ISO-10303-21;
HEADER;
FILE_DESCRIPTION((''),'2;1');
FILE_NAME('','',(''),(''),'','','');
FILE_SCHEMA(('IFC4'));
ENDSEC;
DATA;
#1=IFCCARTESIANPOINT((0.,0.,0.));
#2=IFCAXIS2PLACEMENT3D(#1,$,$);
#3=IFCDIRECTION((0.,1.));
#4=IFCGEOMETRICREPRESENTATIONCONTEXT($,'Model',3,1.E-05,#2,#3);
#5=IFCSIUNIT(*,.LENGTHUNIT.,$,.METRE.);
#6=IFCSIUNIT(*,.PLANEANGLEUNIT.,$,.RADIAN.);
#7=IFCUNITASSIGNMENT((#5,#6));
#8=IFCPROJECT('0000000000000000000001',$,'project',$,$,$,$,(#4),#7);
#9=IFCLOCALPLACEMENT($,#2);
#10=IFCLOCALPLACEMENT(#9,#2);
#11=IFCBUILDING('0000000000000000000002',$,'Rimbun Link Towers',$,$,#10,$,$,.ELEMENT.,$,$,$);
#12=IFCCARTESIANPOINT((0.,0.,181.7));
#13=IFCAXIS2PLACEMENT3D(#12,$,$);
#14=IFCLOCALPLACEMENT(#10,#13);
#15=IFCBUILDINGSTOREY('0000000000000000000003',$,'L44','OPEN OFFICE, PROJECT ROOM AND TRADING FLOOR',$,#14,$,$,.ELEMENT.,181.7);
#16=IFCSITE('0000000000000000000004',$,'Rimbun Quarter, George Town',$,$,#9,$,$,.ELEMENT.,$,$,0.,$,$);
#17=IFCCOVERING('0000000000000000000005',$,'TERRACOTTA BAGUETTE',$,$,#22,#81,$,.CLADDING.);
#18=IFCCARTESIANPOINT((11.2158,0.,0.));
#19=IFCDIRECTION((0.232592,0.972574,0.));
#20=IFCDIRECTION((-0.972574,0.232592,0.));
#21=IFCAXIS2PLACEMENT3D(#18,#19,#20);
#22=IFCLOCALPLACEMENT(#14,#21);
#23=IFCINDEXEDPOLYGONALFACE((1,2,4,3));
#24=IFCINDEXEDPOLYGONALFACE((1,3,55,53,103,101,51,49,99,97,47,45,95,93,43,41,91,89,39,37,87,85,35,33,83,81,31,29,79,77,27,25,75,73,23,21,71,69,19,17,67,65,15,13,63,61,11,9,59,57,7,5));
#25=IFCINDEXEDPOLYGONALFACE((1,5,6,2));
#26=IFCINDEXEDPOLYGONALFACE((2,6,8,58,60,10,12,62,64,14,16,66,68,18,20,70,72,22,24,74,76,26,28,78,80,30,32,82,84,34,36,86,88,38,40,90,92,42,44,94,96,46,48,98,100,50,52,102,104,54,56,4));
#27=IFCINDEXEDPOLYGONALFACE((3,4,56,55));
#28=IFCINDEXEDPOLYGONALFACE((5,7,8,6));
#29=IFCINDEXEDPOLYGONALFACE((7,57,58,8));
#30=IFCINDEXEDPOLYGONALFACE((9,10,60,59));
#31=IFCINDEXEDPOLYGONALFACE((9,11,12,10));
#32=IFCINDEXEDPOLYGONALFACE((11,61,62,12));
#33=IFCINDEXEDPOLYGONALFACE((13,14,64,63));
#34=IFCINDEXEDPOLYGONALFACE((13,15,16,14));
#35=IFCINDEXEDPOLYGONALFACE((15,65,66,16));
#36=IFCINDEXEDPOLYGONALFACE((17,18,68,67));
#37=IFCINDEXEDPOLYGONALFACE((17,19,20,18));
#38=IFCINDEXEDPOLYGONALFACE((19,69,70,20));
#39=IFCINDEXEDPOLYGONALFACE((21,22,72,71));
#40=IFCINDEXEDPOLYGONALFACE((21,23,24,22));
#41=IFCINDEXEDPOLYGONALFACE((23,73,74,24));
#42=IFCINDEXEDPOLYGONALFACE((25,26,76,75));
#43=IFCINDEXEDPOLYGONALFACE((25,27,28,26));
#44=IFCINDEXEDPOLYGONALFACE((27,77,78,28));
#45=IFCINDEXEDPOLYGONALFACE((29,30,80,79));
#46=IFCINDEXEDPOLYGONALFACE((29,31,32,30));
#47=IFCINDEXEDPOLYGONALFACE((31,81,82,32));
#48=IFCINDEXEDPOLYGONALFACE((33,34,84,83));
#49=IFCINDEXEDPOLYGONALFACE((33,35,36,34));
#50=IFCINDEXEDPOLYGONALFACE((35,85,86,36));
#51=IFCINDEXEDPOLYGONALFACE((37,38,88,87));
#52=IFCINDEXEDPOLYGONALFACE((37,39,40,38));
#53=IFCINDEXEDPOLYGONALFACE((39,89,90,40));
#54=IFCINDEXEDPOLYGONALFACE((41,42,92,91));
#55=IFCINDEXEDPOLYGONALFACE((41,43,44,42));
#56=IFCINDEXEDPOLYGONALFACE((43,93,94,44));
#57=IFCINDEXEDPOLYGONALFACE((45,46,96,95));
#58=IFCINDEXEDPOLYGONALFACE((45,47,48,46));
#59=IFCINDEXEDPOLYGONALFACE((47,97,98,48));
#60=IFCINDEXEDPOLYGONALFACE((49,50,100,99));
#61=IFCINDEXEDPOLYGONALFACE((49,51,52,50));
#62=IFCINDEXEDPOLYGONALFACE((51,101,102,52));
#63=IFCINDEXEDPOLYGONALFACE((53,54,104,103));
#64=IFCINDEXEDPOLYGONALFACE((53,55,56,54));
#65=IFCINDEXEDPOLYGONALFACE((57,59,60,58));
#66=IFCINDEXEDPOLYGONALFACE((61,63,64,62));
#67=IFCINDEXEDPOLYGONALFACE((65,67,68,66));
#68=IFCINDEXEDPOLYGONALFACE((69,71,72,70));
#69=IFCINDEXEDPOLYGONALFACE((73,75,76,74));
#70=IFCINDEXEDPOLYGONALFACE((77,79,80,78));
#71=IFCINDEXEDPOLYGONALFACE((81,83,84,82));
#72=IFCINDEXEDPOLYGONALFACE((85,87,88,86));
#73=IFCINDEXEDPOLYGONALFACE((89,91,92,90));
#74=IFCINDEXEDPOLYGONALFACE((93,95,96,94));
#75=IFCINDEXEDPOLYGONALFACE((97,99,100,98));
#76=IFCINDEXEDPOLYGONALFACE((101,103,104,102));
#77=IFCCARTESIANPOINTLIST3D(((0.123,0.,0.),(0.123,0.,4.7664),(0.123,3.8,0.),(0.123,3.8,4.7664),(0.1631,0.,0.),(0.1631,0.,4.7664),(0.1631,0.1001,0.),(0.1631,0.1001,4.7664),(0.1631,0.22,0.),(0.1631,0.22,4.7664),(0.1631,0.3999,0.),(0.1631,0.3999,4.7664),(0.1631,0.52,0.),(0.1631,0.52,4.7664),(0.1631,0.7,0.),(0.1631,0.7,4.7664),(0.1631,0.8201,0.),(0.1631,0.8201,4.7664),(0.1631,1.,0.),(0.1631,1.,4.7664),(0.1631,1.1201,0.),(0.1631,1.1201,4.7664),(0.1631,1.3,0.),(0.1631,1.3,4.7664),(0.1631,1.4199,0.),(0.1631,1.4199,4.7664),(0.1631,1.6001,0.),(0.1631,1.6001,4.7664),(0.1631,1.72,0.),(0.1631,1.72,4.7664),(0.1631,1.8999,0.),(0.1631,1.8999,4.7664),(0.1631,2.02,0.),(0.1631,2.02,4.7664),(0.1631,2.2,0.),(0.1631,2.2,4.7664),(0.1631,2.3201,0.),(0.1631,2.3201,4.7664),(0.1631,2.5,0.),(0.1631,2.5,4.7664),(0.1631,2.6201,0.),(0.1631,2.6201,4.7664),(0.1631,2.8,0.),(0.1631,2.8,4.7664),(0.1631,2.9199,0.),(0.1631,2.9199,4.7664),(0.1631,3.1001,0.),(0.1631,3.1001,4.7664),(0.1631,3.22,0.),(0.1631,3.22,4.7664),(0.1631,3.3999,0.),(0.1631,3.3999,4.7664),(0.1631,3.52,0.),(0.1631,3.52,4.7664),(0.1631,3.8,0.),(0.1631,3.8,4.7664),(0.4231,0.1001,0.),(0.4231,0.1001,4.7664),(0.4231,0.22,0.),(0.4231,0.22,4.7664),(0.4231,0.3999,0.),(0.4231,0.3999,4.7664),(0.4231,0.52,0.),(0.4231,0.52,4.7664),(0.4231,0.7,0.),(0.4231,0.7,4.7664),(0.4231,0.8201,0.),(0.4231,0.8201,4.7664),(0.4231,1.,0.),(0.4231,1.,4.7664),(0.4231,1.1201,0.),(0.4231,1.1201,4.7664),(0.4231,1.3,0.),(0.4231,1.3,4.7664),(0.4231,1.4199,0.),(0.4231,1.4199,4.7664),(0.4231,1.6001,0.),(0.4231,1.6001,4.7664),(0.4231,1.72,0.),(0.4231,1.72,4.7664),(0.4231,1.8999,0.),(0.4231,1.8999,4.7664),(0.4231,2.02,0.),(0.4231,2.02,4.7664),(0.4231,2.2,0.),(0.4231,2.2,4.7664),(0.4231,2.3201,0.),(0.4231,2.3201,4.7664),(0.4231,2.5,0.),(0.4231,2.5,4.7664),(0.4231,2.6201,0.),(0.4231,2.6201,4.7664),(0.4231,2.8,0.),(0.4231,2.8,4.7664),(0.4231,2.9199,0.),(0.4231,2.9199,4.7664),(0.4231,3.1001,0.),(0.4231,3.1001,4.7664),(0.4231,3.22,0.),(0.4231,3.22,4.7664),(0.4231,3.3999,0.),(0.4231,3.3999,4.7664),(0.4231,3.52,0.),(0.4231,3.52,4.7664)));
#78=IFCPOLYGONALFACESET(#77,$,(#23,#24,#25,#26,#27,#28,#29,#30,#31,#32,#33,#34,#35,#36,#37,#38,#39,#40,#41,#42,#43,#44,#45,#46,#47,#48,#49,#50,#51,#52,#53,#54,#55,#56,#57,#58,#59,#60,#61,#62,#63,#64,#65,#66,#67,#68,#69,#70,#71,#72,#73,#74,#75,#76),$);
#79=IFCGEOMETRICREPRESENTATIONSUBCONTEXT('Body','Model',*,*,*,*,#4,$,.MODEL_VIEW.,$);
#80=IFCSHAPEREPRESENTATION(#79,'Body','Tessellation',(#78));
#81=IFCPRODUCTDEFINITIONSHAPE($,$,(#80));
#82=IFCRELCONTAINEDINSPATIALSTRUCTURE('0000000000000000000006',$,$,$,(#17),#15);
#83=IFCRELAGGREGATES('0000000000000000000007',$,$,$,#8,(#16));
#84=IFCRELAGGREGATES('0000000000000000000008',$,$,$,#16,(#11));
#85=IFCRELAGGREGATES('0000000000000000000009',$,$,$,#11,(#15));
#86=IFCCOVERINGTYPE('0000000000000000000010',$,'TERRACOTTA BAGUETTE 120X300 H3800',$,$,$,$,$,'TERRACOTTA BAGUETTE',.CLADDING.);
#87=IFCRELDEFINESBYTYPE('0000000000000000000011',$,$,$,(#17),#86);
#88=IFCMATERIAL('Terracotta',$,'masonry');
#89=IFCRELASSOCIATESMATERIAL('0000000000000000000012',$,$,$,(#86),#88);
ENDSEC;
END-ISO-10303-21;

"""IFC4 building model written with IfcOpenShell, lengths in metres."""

from ifc_helpers import new_model, si_unit, direction, frame, origin, place, context, subcontext, project, spatial, polyline, outline, extrude, material, material_profile, profile_set, type_object, element, save


model = new_model("IFC4")

# Units and contexts
model_context = context("Model", 3, precision=1e-05, world=origin(), true_north=direction((0.0, 1.0)))
body_context = subcontext(model_context, "Body", "Model", "MODEL_VIEW")
ifc_project = project(units=[si_unit("LENGTHUNIT", "METRE"), si_unit("PLANEANGLEUNIT", "RADIAN")], contexts=[model_context])

# Site, building, storey
site_placement = place(None, origin())
site = spatial("IfcSite", under=ifc_project, at=site_placement, Name="Rimbun Quarter, George Town", CompositionType="ELEMENT", RefElevation=0.0)
building_placement = place(site_placement, origin())
building = spatial("IfcBuilding", under=site, at=building_placement, Name="Rimbun Link Towers", CompositionType="ELEMENT")
storey_placement = place(building_placement, frame((0.0, 0.0, 181.7)))
storey = spatial("IfcBuildingStorey", under=building, at=storey_placement, Name="L44", Description="OPEN OFFICE, PROJECT ROOM AND TRADING FLOOR", CompositionType="ELEMENT", Elevation=181.7)

# Covering
ifc_material_1 = material(Name="Terracotta", Category="masonry")
ifc_material_profile_1 = material_profile(ifc_material_1, outline(polyline([(0.123, 0.0), (0.1631, 0.0), (0.1631, 0.1001), (0.4231, 0.1001), (0.4231, 0.22), (0.1631, 0.22), (0.1631, 0.3999), (0.4231, 0.3999), (0.4231, 0.52), (0.1631, 0.52), (0.1631, 0.7), (0.4231, 0.7), (0.4231, 0.8201), (0.1631, 0.8201), (0.1631, 1.0), (0.4231, 1.0), (0.4231, 1.1201), (0.1631, 1.1201), (0.1631, 1.3), (0.4231, 1.3), (0.4231, 1.4199), (0.1631, 1.4199), (0.1631, 1.6001), (0.4231, 1.6001), (0.4231, 1.72), (0.1631, 1.72), (0.1631, 1.8999), (0.4231, 1.8999), (0.4231, 2.02), (0.1631, 2.02), (0.1631, 2.2), (0.4231, 2.2), (0.4231, 2.3201), (0.1631, 2.3201), (0.1631, 2.5), (0.4231, 2.5), (0.4231, 2.6201), (0.1631, 2.6201), (0.1631, 2.8), (0.4231, 2.8), (0.4231, 2.9199), (0.1631, 2.9199), (0.1631, 3.1001), (0.4231, 3.1001), (0.4231, 3.22), (0.1631, 3.22), (0.1631, 3.3999), (0.4231, 3.3999), (0.4231, 3.52), (0.1631, 3.52), (0.1631, 3.8), (0.123, 3.8), (0.123, 0.0)])), Name="BAGUETTE 120X300")
ifc_profile_set_1 = profile_set([ifc_material_profile_1], Name="Terracotta")
covering_type_1 = type_object("IfcCoveringType", Name="TERRACOTTA BAGUETTE 120X300 H3800", ElementType="TERRACOTTA BAGUETTE", PredefinedType="CLADDING", material=ifc_profile_set_1)
covering_1_placement = place(storey_placement, frame((11.2158, 0.0, 0.0), z_axis=(0.232592, 0.972574, 0.0), x_axis=(-0.972574, 0.232592, 0.0)))
element("IfcCovering", 1, at=covering_1_placement, inside=storey, type_object=covering_type_1, Name="TERRACOTTA BAGUETTE", PredefinedType="CLADDING", context=body_context, shape_type="SweptSolid", body=[
    extrude(outline(polyline([(0.123, 0.0), (0.1631, 0.0), (0.1631, 0.1001), (0.4231, 0.1001), (0.4231, 0.22), (0.1631, 0.22), (0.1631, 0.3999), (0.4231, 0.3999), (0.4231, 0.52), (0.1631, 0.52), (0.1631, 0.7), (0.4231, 0.7), (0.4231, 0.8201), (0.1631, 0.8201), (0.1631, 1.0), (0.4231, 1.0), (0.4231, 1.1201), (0.1631, 1.1201), (0.1631, 1.3), (0.4231, 1.3), (0.4231, 1.4199), (0.1631, 1.4199), (0.1631, 1.6001), (0.4231, 1.6001), (0.4231, 1.72), (0.1631, 1.72), (0.1631, 1.8999), (0.4231, 1.8999), (0.4231, 2.02), (0.1631, 2.02), (0.1631, 2.2), (0.4231, 2.2), (0.4231, 2.3201), (0.1631, 2.3201), (0.1631, 2.5), (0.4231, 2.5), (0.4231, 2.6201), (0.1631, 2.6201), (0.1631, 2.8), (0.4231, 2.8), (0.4231, 2.9199), (0.1631, 2.9199), (0.1631, 3.1001), (0.4231, 3.1001), (0.4231, 3.22), (0.1631, 3.22), (0.1631, 3.3999), (0.4231, 3.3999), (0.4231, 3.52), (0.1631, 3.52), (0.1631, 3.8), (0.123, 3.8), (0.123, 0.0)])), origin(), (0.0, 0.0, 1.0), 4.7664),
])

save(model, "model.ifc")
